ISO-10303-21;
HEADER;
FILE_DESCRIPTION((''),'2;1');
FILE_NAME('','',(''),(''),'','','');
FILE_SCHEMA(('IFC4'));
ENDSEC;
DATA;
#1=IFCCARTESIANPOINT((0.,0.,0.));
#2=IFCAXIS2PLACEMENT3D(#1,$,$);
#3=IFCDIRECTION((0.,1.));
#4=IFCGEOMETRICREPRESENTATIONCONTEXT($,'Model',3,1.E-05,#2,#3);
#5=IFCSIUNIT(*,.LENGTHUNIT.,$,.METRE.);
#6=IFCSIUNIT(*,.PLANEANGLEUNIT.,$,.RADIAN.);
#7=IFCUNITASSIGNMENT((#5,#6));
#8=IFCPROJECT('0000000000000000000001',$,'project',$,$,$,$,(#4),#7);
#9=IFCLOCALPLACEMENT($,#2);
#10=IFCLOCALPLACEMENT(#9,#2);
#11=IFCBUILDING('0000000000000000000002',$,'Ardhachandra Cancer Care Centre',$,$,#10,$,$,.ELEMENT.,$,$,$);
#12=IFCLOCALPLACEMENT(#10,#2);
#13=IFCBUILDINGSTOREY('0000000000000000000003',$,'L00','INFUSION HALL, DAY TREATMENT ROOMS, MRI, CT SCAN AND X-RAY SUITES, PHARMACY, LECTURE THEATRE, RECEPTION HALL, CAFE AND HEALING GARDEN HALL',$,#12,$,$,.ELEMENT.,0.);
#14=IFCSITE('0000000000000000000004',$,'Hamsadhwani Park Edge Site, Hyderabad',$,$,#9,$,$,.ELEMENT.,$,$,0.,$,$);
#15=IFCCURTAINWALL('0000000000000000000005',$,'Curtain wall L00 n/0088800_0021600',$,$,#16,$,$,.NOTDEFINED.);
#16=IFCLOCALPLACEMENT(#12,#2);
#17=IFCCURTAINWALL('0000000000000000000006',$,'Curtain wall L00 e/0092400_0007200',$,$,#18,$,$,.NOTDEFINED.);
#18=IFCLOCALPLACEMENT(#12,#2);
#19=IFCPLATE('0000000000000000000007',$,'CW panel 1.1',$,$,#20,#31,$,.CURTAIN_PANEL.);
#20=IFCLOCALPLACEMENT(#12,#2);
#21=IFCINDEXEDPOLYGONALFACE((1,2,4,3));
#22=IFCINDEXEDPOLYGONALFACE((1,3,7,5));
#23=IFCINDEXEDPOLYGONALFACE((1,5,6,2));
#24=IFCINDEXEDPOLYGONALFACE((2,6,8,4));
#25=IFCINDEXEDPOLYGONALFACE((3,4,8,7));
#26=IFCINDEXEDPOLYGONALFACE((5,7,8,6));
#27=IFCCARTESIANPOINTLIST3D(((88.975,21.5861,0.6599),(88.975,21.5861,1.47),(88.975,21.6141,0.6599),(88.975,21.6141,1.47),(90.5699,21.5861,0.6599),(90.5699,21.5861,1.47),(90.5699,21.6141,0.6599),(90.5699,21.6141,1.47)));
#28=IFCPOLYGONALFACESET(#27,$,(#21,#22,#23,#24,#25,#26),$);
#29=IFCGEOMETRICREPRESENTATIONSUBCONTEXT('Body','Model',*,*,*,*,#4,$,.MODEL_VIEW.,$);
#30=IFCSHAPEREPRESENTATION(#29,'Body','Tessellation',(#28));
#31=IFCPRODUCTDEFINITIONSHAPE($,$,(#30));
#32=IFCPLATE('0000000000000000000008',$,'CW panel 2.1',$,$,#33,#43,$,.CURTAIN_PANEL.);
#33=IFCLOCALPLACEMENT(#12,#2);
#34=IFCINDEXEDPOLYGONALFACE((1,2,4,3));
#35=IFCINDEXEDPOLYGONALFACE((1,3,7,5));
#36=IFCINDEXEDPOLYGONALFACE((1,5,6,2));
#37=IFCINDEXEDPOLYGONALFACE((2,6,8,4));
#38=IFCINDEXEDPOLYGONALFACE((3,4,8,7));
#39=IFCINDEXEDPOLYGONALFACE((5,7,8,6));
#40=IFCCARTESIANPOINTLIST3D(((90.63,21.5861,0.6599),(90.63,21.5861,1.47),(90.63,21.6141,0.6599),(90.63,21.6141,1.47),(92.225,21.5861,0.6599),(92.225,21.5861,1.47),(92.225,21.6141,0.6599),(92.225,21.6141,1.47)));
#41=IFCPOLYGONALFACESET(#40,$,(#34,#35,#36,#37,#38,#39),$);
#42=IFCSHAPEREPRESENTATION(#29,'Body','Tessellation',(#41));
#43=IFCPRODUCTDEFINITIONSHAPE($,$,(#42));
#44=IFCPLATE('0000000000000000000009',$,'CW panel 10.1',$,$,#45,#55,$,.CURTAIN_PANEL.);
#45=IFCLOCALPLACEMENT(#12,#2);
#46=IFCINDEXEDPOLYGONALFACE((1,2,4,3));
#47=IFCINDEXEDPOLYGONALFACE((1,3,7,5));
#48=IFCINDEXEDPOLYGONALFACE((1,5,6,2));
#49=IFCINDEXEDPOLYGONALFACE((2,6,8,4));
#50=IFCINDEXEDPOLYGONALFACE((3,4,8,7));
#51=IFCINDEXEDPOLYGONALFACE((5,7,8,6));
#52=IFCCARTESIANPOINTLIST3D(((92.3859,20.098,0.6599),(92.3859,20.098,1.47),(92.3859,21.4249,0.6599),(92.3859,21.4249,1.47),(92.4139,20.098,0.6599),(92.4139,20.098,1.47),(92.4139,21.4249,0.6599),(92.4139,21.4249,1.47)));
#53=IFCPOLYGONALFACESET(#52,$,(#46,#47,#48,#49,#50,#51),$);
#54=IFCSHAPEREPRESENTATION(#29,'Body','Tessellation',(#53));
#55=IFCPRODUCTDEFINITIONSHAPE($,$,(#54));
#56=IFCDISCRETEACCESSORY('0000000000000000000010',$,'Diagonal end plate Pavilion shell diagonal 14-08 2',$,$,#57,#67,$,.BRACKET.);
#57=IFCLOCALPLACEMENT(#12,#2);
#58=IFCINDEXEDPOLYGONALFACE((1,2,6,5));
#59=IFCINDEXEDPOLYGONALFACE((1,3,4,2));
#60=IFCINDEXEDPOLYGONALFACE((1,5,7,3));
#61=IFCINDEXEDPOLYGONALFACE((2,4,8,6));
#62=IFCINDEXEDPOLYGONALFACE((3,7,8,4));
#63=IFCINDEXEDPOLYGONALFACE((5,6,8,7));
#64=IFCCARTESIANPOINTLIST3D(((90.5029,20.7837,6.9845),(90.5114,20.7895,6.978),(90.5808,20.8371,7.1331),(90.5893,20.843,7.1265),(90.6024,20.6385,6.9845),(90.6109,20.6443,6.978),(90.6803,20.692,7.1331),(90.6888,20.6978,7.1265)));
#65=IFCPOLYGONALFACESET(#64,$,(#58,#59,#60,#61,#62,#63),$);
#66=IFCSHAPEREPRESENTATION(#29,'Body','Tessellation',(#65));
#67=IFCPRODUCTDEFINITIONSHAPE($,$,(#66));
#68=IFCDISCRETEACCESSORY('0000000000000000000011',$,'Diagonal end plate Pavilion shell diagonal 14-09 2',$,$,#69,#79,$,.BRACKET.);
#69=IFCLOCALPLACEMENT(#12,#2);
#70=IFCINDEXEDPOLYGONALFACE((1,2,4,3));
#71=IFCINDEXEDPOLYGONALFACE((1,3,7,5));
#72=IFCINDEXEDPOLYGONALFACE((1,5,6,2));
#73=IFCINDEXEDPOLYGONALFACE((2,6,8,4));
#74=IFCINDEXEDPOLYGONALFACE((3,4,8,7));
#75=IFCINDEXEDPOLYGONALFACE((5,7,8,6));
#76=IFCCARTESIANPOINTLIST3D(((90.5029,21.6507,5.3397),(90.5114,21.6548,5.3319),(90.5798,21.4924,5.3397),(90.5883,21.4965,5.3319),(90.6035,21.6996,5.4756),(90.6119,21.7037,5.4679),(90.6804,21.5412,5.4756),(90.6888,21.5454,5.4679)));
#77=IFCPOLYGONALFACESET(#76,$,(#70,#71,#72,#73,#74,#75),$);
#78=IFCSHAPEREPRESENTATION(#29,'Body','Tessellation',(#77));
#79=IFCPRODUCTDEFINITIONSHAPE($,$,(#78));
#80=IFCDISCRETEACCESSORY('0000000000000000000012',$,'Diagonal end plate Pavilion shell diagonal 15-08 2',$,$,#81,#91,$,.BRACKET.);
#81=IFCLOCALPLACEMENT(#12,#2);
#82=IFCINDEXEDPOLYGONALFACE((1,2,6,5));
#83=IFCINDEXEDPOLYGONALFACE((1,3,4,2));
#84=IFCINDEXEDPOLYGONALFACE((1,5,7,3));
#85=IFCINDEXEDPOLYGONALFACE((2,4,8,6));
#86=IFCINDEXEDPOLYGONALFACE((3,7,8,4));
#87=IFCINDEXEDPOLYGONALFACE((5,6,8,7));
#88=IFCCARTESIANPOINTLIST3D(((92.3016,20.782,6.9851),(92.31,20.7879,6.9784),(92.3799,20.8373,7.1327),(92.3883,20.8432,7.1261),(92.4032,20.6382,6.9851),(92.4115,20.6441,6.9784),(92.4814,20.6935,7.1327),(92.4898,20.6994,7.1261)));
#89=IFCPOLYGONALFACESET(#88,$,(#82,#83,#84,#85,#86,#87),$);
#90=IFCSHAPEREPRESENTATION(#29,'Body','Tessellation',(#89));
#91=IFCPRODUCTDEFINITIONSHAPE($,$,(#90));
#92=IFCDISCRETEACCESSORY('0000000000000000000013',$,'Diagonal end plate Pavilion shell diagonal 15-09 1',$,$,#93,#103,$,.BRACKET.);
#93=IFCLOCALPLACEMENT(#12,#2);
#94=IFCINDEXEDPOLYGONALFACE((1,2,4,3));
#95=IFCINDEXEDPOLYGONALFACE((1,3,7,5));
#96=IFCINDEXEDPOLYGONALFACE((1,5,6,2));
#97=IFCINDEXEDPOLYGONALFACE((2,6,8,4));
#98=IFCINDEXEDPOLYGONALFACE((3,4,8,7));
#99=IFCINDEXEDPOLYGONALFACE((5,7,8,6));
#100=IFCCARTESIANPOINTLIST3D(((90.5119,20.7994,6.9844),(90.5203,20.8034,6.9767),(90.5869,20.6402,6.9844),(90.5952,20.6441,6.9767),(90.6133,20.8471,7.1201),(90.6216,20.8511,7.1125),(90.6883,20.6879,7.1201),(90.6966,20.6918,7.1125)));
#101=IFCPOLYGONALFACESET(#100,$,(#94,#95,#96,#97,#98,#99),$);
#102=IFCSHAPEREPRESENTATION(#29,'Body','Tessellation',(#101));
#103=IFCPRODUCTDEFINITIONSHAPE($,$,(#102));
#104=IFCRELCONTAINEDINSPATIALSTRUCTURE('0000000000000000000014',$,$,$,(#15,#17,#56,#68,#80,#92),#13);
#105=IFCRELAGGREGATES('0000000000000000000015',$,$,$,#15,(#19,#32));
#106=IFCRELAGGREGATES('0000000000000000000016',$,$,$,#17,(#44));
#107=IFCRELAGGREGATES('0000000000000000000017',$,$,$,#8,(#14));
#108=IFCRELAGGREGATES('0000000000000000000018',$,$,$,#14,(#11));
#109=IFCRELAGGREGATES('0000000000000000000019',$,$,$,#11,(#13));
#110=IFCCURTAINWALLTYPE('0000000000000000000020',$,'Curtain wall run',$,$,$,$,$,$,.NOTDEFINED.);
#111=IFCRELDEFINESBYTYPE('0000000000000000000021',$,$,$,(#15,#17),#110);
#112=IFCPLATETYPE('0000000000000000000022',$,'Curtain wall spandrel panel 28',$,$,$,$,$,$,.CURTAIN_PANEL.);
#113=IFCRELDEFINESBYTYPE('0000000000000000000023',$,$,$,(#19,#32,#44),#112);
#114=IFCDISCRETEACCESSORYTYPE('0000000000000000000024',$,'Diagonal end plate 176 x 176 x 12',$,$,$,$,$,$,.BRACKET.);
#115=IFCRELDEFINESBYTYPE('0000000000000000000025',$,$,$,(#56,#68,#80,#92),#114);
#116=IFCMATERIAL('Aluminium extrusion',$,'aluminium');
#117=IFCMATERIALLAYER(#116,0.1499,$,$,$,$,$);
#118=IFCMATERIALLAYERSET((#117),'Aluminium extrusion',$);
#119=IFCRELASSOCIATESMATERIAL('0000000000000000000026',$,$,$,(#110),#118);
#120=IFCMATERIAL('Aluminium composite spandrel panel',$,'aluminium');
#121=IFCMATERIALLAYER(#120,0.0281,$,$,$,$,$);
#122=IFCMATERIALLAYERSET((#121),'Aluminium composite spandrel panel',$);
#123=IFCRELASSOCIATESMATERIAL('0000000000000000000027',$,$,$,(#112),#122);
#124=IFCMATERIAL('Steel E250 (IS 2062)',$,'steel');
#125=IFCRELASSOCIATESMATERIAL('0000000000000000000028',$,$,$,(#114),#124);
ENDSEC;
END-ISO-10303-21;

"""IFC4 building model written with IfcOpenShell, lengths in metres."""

from ifc_helpers import new_model, si_unit, direction, frame, origin, origin_2d, place, context, subcontext, project, spatial, rectangle, extrude, material, layer, layer_set, material_profile, profile_set, type_object, element, aggregate, save


model = new_model("IFC4")

# Units and contexts
model_context = context("Model", 3, precision=1e-05, world=origin(), true_north=direction((0.0, 1.0)))
body_context = subcontext(model_context, "Body", "Model", "MODEL_VIEW")
ifc_project = project(units=[si_unit("LENGTHUNIT", "METRE"), si_unit("PLANEANGLEUNIT", "RADIAN")], contexts=[model_context])

# Site, building, storey
site_placement = place(None, origin())
site = spatial("IfcSite", under=ifc_project, at=site_placement, Name="Hamsadhwani Park Edge Site, Hyderabad", CompositionType="ELEMENT", RefElevation=0.0)
building_placement = place(site_placement, origin())
building = spatial("IfcBuilding", under=site, at=building_placement, Name="Ardhachandra Cancer Care Centre", CompositionType="ELEMENT")
storey_placement = place(building_placement, origin())
storey = spatial("IfcBuildingStorey", under=building, at=storey_placement, Name="L00", Description="INFUSION HALL, DAY TREATMENT ROOMS, MRI, CT SCAN AND X-RAY SUITES, PHARMACY, LECTURE THEATRE, RECEPTION HALL, CAFE AND HEALING GARDEN HALL", CompositionType="ELEMENT", Elevation=0.0)

# Curtain wall
ifc_material_1 = material(Name="Aluminium extrusion", Category="aluminium")
ifc_layer_1 = layer(ifc_material_1, 0.1499)
ifc_layer_set_1 = layer_set([ifc_layer_1], Name="Aluminium extrusion")
curtain_wall_type = type_object("IfcCurtainWallType", Name="Curtain wall run", PredefinedType="NOTDEFINED", material=ifc_layer_set_1)
curtain_wall_1_placement = place(storey_placement, origin())
curtain_wall_1 = element("IfcCurtainWall", 1, at=curtain_wall_1_placement, inside=storey, type_object=curtain_wall_type, Name="Curtain wall L00 n/0088800_0021600", PredefinedType="NOTDEFINED")

# Curtain wall
curtain_wall_2_placement = place(storey_placement, origin())
curtain_wall_2 = element("IfcCurtainWall", 2, at=curtain_wall_2_placement, inside=storey, type_object=curtain_wall_type, Name="Curtain wall L00 e/0092400_0007200", PredefinedType="NOTDEFINED")

# Plates
ifc_material_2 = material(Name="Aluminium composite spandrel panel", Category="aluminium")
ifc_layer_2 = layer(ifc_material_2, 0.0281)
ifc_layer_set_2 = layer_set([ifc_layer_2], Name="Aluminium composite spandrel panel")
plate_type_1 = type_object("IfcPlateType", Name="Curtain wall spandrel panel 28", PredefinedType="CURTAIN_PANEL", material=ifc_layer_set_2)
plate_1_placement = place(storey_placement, frame((89.7725, 21.6001, 0.6599), z_axis=(0.0, 0.0, 1.0), x_axis=(1.0, 0.0, 0.0)))
plate_1 = element("IfcPlate", 3, at=plate_1_placement, type_object=plate_type_1, Name="CW panel 1.1", PredefinedType="CURTAIN_PANEL", context=body_context, shape_type="SweptSolid", body=[
    extrude(rectangle(XDim=1.595, YDim=0.0281, at=origin_2d()), origin(), (0.0, 0.0, 1.0), 0.8101),
])
plate_2_placement = place(storey_placement, frame((91.4275, 21.6001, 0.6599), z_axis=(0.0, 0.0, 1.0), x_axis=(1.0, 0.0, 0.0)))
plate_2 = element("IfcPlate", 4, at=plate_2_placement, type_object=plate_type_1, Name="CW panel 2.1", PredefinedType="CURTAIN_PANEL", context=body_context, shape_type="SweptSolid", body=[
    extrude(rectangle(XDim=1.595, YDim=0.0281, at=origin_2d()), origin(), (0.0, 0.0, 1.0), 0.8101),
])
aggregate(curtain_wall_1, [plate_1, plate_2])
plate_3_placement = place(storey_placement, frame((92.3999, 20.7615, 0.6599), z_axis=(0.0, 0.0, 1.0), x_axis=(0.0, 1.0, 0.0)))
plate_3 = element("IfcPlate", 5, at=plate_3_placement, type_object=plate_type_1, Name="CW panel 10.1", PredefinedType="CURTAIN_PANEL", context=body_context, shape_type="SweptSolid", body=[
    extrude(rectangle(XDim=1.3269, YDim=0.0281, at=origin_2d()), origin(), (0.0, 0.0, 1.0), 0.8101),
])
aggregate(curtain_wall_2, [plate_3])

# Discrete accessories
ifc_material_3 = material(Name="Steel E250 (IS 2062)", Category="steel")
ifc_material_profile_1 = material_profile(ifc_material_3, rectangle(XDim=0.176, YDim=0.176, at=origin_2d()), Name="PL 176x176x12")
ifc_profile_set_1 = profile_set([ifc_material_profile_1], Name="Steel E250 (IS 2062)")
discrete_accessory_type = type_object("IfcDiscreteAccessoryType", Name="Diagonal end plate 176 x 176 x 12", PredefinedType="BRACKET", material=ifc_profile_set_1)
for number, where, z_axis, x_axis, name in (
    (6, (90.6001, 20.7437, 7.0522), (-0.695837, -0.477146, 0.536789), (0.565528, -0.824729, 0.0), "Diagonal end plate Pavilion shell diagonal 14-08 2"),
    (7, (90.6001, 21.6001, 5.3999), (-0.69474, -0.337445, 0.635191), (0.436904, -0.899508, 0.0), "Diagonal end plate Pavilion shell diagonal 14-09 2"),
    (8, (92.3999, 20.7437, 7.0522), (-0.685367, -0.483788, 0.544262), (0.576683, -0.816968, 0.0), "Diagonal end plate Pavilion shell diagonal 15-08 2"),
):
    element("IfcDiscreteAccessory", number, at=place(storey_placement, frame(where, z_axis=z_axis, x_axis=x_axis)), inside=storey, type_object=discrete_accessory_type, Name=name, PredefinedType="BRACKET", context=body_context, shape_type="SweptSolid", body=[
        extrude(rectangle(XDim=0.176, YDim=0.176, at=origin_2d()), origin(), (0.0, 0.0, 1.0), 0.0122),
    ])
discrete_accessory_placement = place(storey_placement, frame((90.6001, 20.7437, 7.0522), z_axis=(0.697959, 0.328451, -0.636375), x_axis=(-0.425797, 0.904819, 0.0)))
element("IfcDiscreteAccessory", 9, at=discrete_accessory_placement, inside=storey, type_object=discrete_accessory_type, Name="Diagonal end plate Pavilion shell diagonal 15-09 1", PredefinedType="BRACKET", context=body_context, shape_type="SweptSolid", body=[
    extrude(rectangle(XDim=0.176, YDim=0.176, at=origin_2d()), origin(), (0.0, 0.0, 1.0), 0.012),
])

save(model, "model.ifc")
